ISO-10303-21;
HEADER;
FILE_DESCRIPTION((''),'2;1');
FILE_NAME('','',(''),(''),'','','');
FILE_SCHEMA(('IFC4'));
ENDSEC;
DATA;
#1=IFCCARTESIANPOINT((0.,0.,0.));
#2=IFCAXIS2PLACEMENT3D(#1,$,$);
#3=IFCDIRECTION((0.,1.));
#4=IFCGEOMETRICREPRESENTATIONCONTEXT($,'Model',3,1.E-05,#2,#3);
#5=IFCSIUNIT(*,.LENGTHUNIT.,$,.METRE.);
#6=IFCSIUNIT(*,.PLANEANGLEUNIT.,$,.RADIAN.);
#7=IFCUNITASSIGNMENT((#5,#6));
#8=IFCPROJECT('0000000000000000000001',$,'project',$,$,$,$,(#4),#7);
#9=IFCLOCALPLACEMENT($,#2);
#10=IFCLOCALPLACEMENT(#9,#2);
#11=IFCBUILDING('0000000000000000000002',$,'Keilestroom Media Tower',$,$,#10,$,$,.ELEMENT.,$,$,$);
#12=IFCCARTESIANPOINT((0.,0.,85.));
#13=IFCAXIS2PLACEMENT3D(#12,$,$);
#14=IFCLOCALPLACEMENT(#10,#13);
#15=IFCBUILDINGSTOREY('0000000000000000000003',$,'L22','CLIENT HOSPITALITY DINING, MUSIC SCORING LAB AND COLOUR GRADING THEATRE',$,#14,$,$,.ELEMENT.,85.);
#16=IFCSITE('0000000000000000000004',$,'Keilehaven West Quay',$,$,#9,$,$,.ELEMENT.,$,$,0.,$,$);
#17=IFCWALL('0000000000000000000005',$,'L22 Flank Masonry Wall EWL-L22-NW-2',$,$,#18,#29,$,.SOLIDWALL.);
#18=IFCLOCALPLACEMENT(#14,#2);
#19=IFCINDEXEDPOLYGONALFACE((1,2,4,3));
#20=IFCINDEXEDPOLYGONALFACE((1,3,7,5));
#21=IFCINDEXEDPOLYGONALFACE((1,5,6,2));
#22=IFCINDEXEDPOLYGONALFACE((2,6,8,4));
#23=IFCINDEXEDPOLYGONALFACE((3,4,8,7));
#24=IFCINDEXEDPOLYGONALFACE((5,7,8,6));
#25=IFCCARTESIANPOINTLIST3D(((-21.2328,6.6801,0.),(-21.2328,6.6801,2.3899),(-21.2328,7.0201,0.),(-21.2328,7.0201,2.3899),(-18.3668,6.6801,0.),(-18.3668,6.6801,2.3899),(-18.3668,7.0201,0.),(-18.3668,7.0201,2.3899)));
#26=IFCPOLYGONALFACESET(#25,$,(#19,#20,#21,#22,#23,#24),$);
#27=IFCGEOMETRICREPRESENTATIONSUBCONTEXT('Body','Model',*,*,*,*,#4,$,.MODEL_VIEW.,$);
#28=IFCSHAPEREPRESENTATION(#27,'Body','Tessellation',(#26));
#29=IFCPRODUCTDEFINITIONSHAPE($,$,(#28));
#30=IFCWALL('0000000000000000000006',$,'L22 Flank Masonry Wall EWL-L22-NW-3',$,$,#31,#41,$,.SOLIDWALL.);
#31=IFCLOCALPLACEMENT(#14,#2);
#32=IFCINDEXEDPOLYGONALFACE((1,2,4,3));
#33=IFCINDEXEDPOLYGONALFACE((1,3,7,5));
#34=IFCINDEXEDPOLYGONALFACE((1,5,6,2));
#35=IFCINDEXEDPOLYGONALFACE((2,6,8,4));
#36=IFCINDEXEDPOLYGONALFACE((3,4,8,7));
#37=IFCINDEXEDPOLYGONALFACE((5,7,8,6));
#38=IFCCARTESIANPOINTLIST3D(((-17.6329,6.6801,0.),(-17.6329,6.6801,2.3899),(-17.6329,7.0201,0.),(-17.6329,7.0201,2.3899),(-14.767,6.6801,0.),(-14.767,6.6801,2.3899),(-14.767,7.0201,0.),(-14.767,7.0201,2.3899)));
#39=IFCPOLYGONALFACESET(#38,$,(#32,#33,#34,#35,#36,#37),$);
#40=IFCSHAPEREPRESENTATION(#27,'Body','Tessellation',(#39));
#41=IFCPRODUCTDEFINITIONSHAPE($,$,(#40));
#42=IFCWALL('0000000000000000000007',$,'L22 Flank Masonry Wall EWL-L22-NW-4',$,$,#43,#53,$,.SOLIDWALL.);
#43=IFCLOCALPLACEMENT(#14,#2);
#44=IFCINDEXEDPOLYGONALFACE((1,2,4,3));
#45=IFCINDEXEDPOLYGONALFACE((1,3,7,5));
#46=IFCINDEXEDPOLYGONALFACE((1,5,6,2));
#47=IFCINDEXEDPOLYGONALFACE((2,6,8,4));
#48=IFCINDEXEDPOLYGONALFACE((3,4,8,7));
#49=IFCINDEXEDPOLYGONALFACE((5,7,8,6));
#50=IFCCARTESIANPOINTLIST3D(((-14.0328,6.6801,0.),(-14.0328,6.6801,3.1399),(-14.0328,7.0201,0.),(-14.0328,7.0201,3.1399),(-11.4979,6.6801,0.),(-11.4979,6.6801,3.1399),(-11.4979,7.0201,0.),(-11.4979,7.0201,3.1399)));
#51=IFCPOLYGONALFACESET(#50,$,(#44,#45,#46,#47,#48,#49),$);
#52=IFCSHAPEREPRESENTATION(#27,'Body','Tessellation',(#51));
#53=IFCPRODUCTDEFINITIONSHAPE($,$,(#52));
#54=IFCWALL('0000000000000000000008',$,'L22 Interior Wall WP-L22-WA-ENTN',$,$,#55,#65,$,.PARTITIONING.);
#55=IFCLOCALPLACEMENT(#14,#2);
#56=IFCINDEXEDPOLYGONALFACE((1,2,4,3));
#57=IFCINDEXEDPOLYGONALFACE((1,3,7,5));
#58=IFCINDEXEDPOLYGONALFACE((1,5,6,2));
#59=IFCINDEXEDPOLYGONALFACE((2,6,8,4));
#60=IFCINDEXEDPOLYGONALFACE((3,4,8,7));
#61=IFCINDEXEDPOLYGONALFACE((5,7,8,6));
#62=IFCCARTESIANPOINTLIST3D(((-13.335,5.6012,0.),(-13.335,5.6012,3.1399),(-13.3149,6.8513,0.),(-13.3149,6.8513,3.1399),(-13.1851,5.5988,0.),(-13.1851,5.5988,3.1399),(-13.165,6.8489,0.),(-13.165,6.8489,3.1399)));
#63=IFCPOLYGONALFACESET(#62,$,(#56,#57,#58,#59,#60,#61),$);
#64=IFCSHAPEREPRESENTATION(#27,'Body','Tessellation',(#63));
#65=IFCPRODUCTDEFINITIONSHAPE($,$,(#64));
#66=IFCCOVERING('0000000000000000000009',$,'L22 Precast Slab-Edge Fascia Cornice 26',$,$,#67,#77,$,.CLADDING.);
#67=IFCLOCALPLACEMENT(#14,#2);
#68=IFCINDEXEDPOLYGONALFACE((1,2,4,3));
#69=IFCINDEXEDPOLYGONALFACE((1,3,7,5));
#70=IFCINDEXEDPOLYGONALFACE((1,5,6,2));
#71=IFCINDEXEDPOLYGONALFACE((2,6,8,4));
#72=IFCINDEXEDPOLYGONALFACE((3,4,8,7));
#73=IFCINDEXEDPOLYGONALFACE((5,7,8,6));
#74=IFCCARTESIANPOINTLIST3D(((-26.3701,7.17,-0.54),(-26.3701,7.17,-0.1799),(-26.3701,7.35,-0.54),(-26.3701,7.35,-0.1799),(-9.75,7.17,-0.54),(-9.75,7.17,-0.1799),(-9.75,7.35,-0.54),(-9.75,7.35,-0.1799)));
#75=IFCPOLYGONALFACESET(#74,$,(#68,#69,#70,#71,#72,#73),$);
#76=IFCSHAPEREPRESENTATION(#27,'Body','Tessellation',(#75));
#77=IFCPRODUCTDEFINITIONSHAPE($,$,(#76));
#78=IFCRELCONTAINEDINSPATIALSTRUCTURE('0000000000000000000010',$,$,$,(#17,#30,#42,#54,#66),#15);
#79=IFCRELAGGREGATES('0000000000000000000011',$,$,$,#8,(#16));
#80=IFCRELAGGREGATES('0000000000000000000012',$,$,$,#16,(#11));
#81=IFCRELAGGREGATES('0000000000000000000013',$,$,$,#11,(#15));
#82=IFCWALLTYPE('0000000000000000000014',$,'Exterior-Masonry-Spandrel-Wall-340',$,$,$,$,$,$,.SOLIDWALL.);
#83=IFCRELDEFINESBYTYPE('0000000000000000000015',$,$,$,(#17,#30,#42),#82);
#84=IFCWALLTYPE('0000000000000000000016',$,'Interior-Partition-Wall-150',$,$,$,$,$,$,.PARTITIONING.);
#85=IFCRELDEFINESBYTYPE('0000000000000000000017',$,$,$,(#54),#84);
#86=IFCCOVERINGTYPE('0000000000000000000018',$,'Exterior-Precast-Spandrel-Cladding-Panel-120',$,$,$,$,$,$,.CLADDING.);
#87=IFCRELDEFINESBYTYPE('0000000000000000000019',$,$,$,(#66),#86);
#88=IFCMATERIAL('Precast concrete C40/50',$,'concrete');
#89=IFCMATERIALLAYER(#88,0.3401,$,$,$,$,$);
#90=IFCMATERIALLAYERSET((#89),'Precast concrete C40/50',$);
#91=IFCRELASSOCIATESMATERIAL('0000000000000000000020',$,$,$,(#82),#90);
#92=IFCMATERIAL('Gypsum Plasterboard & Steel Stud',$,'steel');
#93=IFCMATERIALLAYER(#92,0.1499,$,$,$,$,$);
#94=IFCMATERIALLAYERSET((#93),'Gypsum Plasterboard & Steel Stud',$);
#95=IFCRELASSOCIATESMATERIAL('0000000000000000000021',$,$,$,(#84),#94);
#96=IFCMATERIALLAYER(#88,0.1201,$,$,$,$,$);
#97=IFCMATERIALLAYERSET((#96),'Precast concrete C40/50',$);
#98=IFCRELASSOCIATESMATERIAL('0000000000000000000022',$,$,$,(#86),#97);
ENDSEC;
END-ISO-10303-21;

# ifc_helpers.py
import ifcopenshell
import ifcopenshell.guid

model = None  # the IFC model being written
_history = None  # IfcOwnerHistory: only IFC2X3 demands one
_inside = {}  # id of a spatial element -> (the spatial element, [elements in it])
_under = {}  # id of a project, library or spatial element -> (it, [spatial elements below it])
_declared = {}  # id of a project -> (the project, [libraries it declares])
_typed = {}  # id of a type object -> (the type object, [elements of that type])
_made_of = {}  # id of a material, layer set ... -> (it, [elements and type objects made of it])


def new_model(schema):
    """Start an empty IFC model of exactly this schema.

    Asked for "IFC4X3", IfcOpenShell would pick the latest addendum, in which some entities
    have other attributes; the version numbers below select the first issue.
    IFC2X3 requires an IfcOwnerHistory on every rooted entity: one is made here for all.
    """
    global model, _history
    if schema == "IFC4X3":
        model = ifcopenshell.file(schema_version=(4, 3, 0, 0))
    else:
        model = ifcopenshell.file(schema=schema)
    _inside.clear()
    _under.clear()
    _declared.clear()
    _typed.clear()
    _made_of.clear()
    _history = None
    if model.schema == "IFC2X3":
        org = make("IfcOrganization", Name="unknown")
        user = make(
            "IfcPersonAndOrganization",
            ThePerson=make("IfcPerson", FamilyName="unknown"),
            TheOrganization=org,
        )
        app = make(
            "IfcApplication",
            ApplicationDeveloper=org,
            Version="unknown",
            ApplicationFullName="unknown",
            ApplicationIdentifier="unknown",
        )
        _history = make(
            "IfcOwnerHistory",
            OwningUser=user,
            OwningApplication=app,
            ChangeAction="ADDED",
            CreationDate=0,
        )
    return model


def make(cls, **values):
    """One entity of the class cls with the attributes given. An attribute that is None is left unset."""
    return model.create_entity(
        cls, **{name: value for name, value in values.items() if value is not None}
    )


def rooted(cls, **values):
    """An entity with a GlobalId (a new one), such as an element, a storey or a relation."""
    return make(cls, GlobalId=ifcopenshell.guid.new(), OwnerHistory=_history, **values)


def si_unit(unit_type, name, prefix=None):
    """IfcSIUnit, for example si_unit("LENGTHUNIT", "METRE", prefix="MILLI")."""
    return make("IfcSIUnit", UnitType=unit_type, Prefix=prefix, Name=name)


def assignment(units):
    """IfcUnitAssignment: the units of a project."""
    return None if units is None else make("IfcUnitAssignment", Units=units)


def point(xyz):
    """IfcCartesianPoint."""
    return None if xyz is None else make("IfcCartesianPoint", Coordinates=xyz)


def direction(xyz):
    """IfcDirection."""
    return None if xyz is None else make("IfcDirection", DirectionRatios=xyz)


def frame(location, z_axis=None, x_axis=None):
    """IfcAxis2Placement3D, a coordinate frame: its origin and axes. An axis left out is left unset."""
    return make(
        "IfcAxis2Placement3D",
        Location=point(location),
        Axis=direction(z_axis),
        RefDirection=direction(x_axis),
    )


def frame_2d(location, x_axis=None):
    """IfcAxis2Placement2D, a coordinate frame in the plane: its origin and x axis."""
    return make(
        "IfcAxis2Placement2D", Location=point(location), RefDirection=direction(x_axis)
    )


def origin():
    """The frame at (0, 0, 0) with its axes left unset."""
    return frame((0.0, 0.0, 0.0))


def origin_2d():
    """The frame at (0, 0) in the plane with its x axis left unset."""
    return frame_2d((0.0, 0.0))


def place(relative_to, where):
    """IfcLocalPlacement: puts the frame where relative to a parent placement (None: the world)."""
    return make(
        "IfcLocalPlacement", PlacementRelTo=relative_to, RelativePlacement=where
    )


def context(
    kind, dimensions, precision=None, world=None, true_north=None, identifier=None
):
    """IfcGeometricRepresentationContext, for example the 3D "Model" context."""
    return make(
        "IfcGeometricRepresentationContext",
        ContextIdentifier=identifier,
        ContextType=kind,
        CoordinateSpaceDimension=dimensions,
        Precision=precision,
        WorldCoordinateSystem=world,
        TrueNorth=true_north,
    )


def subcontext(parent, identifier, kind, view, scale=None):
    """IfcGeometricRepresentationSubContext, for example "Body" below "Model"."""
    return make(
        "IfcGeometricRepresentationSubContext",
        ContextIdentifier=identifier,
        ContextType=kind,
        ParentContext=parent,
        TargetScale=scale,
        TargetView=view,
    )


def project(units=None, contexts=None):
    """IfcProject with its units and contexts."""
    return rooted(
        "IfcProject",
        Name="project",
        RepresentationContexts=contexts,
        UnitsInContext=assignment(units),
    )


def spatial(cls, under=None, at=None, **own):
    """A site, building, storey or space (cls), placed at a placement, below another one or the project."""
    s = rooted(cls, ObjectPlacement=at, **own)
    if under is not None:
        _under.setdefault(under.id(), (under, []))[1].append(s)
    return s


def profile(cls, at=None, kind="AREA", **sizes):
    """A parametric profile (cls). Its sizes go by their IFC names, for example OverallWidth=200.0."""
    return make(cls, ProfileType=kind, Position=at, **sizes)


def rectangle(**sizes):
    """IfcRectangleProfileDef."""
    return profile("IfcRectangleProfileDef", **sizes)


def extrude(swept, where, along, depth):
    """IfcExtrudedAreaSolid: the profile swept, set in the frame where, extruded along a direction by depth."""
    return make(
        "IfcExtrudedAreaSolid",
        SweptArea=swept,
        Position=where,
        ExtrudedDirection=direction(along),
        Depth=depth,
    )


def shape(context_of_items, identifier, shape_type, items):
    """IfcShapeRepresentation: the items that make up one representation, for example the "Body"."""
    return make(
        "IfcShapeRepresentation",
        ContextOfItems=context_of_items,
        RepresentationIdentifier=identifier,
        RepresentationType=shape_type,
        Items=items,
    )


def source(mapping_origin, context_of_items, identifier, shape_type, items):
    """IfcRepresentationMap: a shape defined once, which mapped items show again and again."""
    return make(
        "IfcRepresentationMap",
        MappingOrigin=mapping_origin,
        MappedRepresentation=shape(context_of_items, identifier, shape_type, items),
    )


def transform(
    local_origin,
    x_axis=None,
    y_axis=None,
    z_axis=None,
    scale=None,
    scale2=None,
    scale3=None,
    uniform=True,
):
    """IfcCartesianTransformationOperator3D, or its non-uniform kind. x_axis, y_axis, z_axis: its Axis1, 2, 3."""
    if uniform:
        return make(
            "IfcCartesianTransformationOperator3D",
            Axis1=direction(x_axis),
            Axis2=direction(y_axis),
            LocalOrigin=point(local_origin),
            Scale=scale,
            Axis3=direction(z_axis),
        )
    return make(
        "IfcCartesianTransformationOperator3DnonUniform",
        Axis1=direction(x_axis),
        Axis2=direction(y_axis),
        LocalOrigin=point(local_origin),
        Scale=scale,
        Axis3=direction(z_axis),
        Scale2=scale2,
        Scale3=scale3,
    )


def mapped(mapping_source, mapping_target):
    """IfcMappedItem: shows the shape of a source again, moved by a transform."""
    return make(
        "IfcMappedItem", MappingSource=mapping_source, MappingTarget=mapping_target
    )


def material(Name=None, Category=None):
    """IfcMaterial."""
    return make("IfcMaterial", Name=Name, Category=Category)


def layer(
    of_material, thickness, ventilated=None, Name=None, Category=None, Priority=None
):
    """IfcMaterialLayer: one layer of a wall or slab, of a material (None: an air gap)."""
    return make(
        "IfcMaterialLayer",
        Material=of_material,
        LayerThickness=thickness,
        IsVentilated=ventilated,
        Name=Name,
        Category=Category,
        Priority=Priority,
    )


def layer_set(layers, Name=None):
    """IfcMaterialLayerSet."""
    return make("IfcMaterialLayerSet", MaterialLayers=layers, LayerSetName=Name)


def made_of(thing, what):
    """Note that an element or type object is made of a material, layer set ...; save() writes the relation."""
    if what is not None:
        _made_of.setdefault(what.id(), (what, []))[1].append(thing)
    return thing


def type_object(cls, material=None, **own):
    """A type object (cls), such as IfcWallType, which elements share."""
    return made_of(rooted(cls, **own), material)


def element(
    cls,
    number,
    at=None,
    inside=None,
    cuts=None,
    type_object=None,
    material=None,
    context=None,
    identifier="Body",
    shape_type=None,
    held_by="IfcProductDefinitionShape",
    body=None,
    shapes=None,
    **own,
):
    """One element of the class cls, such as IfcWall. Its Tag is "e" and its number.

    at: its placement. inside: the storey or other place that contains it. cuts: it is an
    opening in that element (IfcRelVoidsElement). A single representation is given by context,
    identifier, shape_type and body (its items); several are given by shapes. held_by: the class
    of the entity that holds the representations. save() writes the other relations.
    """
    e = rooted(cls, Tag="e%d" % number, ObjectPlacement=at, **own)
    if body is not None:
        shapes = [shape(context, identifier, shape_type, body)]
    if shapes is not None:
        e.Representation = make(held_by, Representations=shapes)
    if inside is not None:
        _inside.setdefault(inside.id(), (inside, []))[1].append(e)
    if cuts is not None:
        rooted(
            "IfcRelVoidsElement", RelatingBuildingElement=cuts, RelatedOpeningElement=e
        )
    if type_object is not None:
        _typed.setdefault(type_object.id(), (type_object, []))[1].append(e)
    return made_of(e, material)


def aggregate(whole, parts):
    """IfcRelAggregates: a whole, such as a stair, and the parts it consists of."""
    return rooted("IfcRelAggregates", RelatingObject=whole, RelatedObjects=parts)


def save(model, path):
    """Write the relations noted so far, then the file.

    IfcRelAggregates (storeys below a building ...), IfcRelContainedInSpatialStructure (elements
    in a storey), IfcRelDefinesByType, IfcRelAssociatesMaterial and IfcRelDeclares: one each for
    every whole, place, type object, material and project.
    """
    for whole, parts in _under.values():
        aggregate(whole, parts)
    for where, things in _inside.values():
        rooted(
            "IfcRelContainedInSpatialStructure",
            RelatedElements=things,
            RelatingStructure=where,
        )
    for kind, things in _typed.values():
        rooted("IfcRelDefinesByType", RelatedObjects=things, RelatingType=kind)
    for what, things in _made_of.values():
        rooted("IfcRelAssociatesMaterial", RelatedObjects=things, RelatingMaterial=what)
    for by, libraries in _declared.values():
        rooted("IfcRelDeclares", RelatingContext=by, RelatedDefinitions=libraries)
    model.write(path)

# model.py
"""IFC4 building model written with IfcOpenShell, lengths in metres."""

from ifc_helpers import new_model, si_unit, direction, frame, frame_2d, origin, origin_2d, place, context, subcontext, project, spatial, rectangle, extrude, source, transform, mapped, material, layer, layer_set, type_object, element, save


model = new_model("IFC4")

# Units and contexts
model_context = context("Model", 3, precision=1e-05, world=origin(), true_north=direction((0.0, 1.0)))
body_context = subcontext(model_context, "Body", "Model", "MODEL_VIEW")
ifc_project = project(units=[si_unit("LENGTHUNIT", "METRE"), si_unit("PLANEANGLEUNIT", "RADIAN")], contexts=[model_context])

# Site, building, storey
site_placement = place(None, origin())
site = spatial("IfcSite", under=ifc_project, at=site_placement, Name="Keilehaven West Quay", CompositionType="ELEMENT", RefElevation=0.0)
building_placement = place(site_placement, origin())
building = spatial("IfcBuilding", under=site, at=building_placement, Name="Keilestroom Media Tower", CompositionType="ELEMENT")
storey_placement = place(building_placement, frame((0.0, 0.0, 85.0)))
storey = spatial("IfcBuildingStorey", under=building, at=storey_placement, Name="L22", Description="CLIENT HOSPITALITY DINING, MUSIC SCORING LAB AND COLOUR GRADING THEATRE", CompositionType="ELEMENT", Elevation=85.0)

# Shared definitions
ifc_material_1 = material(Name="Precast concrete C40/50", Category="concrete")

# Walls
ifc_layer_1 = layer(ifc_material_1, 0.3401)
ifc_layer_set_1 = layer_set([ifc_layer_1], Name="Precast concrete C40/50")
wall_type_1 = type_object("IfcWallType", Name="Exterior-Masonry-Spandrel-Wall-340", PredefinedType="SOLIDWALL", material=ifc_layer_set_1)
for number, where, z_axis, x_axis, name in (
    (1, (-21.2329, 6.8501, 0.0), (0.0, 0.0, 1.0), (1.0, 0.0, 0.0), "L22 Flank Masonry Wall EWL-L22-NW-2"),
    (2, (-17.6331, 6.8501, 0.0), (0.0, 0.0, 1.0), (1.0, 0.0, 0.0), "L22 Flank Masonry Wall EWL-L22-NW-3"),
):
    element("IfcWall", number, at=place(storey_placement, frame(where, z_axis=z_axis, x_axis=x_axis)), inside=storey, type_object=wall_type_1, Name=name, PredefinedType="SOLIDWALL", context=body_context, shape_type="SweptSolid", body=[
        extrude(rectangle(XDim=2.866, YDim=0.3401, at=frame_2d((1.4331, 0.0))), origin(), (0.0, 0.0, 1.0), 2.3899),
    ])
wall_1_placement = place(storey_placement, frame((-14.033, 6.8501, 0.0), z_axis=(0.0, 0.0, 1.0), x_axis=(1.0, 0.0, 0.0)))
element("IfcWall", 3, at=wall_1_placement, inside=storey, type_object=wall_type_1, Name="L22 Flank Masonry Wall EWL-L22-NW-4", PredefinedType="SOLIDWALL", context=body_context, shape_type="SweptSolid", body=[
    extrude(rectangle(XDim=2.5349, YDim=0.3401, at=frame_2d((1.2676, 0.0))), origin(), (0.0, 0.0, 1.0), 3.1399),
])
ifc_material_2 = material(Name="Gypsum Plasterboard & Steel Stud", Category="steel")
ifc_layer_2 = layer(ifc_material_2, 0.1499)
ifc_layer_set_2 = layer_set([ifc_layer_2], Name="Gypsum Plasterboard & Steel Stud")
wall_type_2 = type_object("IfcWallType", Name="Interior-Partition-Wall-150", PredefinedType="PARTITIONING", material=ifc_layer_set_2)
wall_2_placement = place(storey_placement, frame((-13.26, 5.6001, 0.0), z_axis=(0.0, 0.0, 1.0), x_axis=(0.016014, 0.999872, 0.0)))
element("IfcWall", 4, at=wall_2_placement, inside=storey, type_object=wall_type_2, Name="L22 Interior Wall WP-L22-WA-ENTN", PredefinedType="PARTITIONING", context=body_context, shape_type="SweptSolid", body=[
    extrude(rectangle(XDim=1.2502, YDim=0.1499, at=frame_2d((0.625, 0.0))), origin(), (0.0, 0.0, 1.0), 3.1399),
])

# Covering
ifc_layer_3 = layer(ifc_material_1, 0.1201)
ifc_layer_set_3 = layer_set([ifc_layer_3], Name="Precast concrete C40/50")
covering_type = type_object("IfcCoveringType", Name="Exterior-Precast-Spandrel-Cladding-Panel-120", PredefinedType="CLADDING", material=ifc_layer_set_3)
shared_shape_1 = source(origin(), body_context, "Body", "SweptSolid", [
    extrude(rectangle(XDim=16.6201, YDim=0.1799, at=origin_2d()), origin(), (0.0, 0.0, 1.0), 0.3601),
])
covering_placement = place(storey_placement, frame((-18.0601, 7.26, -0.54), z_axis=(0.0, 0.0, 1.0), x_axis=(1.0, 0.0, 0.0)))
element("IfcCovering", 5, at=covering_placement, inside=storey, type_object=covering_type, Name="L22 Precast Slab-Edge Fascia Cornice 26", PredefinedType="CLADDING", context=body_context, shape_type="MappedRepresentation", body=[
    mapped(shared_shape_1, transform((0.0, 0.0, 0.0), x_axis=(1.0, 0.0, 0.0), y_axis=(0.0, 1.0, 0.0), z_axis=(0.0, 0.0, 1.0), scale=1.0)),
])

save(model, "model.ifc")
